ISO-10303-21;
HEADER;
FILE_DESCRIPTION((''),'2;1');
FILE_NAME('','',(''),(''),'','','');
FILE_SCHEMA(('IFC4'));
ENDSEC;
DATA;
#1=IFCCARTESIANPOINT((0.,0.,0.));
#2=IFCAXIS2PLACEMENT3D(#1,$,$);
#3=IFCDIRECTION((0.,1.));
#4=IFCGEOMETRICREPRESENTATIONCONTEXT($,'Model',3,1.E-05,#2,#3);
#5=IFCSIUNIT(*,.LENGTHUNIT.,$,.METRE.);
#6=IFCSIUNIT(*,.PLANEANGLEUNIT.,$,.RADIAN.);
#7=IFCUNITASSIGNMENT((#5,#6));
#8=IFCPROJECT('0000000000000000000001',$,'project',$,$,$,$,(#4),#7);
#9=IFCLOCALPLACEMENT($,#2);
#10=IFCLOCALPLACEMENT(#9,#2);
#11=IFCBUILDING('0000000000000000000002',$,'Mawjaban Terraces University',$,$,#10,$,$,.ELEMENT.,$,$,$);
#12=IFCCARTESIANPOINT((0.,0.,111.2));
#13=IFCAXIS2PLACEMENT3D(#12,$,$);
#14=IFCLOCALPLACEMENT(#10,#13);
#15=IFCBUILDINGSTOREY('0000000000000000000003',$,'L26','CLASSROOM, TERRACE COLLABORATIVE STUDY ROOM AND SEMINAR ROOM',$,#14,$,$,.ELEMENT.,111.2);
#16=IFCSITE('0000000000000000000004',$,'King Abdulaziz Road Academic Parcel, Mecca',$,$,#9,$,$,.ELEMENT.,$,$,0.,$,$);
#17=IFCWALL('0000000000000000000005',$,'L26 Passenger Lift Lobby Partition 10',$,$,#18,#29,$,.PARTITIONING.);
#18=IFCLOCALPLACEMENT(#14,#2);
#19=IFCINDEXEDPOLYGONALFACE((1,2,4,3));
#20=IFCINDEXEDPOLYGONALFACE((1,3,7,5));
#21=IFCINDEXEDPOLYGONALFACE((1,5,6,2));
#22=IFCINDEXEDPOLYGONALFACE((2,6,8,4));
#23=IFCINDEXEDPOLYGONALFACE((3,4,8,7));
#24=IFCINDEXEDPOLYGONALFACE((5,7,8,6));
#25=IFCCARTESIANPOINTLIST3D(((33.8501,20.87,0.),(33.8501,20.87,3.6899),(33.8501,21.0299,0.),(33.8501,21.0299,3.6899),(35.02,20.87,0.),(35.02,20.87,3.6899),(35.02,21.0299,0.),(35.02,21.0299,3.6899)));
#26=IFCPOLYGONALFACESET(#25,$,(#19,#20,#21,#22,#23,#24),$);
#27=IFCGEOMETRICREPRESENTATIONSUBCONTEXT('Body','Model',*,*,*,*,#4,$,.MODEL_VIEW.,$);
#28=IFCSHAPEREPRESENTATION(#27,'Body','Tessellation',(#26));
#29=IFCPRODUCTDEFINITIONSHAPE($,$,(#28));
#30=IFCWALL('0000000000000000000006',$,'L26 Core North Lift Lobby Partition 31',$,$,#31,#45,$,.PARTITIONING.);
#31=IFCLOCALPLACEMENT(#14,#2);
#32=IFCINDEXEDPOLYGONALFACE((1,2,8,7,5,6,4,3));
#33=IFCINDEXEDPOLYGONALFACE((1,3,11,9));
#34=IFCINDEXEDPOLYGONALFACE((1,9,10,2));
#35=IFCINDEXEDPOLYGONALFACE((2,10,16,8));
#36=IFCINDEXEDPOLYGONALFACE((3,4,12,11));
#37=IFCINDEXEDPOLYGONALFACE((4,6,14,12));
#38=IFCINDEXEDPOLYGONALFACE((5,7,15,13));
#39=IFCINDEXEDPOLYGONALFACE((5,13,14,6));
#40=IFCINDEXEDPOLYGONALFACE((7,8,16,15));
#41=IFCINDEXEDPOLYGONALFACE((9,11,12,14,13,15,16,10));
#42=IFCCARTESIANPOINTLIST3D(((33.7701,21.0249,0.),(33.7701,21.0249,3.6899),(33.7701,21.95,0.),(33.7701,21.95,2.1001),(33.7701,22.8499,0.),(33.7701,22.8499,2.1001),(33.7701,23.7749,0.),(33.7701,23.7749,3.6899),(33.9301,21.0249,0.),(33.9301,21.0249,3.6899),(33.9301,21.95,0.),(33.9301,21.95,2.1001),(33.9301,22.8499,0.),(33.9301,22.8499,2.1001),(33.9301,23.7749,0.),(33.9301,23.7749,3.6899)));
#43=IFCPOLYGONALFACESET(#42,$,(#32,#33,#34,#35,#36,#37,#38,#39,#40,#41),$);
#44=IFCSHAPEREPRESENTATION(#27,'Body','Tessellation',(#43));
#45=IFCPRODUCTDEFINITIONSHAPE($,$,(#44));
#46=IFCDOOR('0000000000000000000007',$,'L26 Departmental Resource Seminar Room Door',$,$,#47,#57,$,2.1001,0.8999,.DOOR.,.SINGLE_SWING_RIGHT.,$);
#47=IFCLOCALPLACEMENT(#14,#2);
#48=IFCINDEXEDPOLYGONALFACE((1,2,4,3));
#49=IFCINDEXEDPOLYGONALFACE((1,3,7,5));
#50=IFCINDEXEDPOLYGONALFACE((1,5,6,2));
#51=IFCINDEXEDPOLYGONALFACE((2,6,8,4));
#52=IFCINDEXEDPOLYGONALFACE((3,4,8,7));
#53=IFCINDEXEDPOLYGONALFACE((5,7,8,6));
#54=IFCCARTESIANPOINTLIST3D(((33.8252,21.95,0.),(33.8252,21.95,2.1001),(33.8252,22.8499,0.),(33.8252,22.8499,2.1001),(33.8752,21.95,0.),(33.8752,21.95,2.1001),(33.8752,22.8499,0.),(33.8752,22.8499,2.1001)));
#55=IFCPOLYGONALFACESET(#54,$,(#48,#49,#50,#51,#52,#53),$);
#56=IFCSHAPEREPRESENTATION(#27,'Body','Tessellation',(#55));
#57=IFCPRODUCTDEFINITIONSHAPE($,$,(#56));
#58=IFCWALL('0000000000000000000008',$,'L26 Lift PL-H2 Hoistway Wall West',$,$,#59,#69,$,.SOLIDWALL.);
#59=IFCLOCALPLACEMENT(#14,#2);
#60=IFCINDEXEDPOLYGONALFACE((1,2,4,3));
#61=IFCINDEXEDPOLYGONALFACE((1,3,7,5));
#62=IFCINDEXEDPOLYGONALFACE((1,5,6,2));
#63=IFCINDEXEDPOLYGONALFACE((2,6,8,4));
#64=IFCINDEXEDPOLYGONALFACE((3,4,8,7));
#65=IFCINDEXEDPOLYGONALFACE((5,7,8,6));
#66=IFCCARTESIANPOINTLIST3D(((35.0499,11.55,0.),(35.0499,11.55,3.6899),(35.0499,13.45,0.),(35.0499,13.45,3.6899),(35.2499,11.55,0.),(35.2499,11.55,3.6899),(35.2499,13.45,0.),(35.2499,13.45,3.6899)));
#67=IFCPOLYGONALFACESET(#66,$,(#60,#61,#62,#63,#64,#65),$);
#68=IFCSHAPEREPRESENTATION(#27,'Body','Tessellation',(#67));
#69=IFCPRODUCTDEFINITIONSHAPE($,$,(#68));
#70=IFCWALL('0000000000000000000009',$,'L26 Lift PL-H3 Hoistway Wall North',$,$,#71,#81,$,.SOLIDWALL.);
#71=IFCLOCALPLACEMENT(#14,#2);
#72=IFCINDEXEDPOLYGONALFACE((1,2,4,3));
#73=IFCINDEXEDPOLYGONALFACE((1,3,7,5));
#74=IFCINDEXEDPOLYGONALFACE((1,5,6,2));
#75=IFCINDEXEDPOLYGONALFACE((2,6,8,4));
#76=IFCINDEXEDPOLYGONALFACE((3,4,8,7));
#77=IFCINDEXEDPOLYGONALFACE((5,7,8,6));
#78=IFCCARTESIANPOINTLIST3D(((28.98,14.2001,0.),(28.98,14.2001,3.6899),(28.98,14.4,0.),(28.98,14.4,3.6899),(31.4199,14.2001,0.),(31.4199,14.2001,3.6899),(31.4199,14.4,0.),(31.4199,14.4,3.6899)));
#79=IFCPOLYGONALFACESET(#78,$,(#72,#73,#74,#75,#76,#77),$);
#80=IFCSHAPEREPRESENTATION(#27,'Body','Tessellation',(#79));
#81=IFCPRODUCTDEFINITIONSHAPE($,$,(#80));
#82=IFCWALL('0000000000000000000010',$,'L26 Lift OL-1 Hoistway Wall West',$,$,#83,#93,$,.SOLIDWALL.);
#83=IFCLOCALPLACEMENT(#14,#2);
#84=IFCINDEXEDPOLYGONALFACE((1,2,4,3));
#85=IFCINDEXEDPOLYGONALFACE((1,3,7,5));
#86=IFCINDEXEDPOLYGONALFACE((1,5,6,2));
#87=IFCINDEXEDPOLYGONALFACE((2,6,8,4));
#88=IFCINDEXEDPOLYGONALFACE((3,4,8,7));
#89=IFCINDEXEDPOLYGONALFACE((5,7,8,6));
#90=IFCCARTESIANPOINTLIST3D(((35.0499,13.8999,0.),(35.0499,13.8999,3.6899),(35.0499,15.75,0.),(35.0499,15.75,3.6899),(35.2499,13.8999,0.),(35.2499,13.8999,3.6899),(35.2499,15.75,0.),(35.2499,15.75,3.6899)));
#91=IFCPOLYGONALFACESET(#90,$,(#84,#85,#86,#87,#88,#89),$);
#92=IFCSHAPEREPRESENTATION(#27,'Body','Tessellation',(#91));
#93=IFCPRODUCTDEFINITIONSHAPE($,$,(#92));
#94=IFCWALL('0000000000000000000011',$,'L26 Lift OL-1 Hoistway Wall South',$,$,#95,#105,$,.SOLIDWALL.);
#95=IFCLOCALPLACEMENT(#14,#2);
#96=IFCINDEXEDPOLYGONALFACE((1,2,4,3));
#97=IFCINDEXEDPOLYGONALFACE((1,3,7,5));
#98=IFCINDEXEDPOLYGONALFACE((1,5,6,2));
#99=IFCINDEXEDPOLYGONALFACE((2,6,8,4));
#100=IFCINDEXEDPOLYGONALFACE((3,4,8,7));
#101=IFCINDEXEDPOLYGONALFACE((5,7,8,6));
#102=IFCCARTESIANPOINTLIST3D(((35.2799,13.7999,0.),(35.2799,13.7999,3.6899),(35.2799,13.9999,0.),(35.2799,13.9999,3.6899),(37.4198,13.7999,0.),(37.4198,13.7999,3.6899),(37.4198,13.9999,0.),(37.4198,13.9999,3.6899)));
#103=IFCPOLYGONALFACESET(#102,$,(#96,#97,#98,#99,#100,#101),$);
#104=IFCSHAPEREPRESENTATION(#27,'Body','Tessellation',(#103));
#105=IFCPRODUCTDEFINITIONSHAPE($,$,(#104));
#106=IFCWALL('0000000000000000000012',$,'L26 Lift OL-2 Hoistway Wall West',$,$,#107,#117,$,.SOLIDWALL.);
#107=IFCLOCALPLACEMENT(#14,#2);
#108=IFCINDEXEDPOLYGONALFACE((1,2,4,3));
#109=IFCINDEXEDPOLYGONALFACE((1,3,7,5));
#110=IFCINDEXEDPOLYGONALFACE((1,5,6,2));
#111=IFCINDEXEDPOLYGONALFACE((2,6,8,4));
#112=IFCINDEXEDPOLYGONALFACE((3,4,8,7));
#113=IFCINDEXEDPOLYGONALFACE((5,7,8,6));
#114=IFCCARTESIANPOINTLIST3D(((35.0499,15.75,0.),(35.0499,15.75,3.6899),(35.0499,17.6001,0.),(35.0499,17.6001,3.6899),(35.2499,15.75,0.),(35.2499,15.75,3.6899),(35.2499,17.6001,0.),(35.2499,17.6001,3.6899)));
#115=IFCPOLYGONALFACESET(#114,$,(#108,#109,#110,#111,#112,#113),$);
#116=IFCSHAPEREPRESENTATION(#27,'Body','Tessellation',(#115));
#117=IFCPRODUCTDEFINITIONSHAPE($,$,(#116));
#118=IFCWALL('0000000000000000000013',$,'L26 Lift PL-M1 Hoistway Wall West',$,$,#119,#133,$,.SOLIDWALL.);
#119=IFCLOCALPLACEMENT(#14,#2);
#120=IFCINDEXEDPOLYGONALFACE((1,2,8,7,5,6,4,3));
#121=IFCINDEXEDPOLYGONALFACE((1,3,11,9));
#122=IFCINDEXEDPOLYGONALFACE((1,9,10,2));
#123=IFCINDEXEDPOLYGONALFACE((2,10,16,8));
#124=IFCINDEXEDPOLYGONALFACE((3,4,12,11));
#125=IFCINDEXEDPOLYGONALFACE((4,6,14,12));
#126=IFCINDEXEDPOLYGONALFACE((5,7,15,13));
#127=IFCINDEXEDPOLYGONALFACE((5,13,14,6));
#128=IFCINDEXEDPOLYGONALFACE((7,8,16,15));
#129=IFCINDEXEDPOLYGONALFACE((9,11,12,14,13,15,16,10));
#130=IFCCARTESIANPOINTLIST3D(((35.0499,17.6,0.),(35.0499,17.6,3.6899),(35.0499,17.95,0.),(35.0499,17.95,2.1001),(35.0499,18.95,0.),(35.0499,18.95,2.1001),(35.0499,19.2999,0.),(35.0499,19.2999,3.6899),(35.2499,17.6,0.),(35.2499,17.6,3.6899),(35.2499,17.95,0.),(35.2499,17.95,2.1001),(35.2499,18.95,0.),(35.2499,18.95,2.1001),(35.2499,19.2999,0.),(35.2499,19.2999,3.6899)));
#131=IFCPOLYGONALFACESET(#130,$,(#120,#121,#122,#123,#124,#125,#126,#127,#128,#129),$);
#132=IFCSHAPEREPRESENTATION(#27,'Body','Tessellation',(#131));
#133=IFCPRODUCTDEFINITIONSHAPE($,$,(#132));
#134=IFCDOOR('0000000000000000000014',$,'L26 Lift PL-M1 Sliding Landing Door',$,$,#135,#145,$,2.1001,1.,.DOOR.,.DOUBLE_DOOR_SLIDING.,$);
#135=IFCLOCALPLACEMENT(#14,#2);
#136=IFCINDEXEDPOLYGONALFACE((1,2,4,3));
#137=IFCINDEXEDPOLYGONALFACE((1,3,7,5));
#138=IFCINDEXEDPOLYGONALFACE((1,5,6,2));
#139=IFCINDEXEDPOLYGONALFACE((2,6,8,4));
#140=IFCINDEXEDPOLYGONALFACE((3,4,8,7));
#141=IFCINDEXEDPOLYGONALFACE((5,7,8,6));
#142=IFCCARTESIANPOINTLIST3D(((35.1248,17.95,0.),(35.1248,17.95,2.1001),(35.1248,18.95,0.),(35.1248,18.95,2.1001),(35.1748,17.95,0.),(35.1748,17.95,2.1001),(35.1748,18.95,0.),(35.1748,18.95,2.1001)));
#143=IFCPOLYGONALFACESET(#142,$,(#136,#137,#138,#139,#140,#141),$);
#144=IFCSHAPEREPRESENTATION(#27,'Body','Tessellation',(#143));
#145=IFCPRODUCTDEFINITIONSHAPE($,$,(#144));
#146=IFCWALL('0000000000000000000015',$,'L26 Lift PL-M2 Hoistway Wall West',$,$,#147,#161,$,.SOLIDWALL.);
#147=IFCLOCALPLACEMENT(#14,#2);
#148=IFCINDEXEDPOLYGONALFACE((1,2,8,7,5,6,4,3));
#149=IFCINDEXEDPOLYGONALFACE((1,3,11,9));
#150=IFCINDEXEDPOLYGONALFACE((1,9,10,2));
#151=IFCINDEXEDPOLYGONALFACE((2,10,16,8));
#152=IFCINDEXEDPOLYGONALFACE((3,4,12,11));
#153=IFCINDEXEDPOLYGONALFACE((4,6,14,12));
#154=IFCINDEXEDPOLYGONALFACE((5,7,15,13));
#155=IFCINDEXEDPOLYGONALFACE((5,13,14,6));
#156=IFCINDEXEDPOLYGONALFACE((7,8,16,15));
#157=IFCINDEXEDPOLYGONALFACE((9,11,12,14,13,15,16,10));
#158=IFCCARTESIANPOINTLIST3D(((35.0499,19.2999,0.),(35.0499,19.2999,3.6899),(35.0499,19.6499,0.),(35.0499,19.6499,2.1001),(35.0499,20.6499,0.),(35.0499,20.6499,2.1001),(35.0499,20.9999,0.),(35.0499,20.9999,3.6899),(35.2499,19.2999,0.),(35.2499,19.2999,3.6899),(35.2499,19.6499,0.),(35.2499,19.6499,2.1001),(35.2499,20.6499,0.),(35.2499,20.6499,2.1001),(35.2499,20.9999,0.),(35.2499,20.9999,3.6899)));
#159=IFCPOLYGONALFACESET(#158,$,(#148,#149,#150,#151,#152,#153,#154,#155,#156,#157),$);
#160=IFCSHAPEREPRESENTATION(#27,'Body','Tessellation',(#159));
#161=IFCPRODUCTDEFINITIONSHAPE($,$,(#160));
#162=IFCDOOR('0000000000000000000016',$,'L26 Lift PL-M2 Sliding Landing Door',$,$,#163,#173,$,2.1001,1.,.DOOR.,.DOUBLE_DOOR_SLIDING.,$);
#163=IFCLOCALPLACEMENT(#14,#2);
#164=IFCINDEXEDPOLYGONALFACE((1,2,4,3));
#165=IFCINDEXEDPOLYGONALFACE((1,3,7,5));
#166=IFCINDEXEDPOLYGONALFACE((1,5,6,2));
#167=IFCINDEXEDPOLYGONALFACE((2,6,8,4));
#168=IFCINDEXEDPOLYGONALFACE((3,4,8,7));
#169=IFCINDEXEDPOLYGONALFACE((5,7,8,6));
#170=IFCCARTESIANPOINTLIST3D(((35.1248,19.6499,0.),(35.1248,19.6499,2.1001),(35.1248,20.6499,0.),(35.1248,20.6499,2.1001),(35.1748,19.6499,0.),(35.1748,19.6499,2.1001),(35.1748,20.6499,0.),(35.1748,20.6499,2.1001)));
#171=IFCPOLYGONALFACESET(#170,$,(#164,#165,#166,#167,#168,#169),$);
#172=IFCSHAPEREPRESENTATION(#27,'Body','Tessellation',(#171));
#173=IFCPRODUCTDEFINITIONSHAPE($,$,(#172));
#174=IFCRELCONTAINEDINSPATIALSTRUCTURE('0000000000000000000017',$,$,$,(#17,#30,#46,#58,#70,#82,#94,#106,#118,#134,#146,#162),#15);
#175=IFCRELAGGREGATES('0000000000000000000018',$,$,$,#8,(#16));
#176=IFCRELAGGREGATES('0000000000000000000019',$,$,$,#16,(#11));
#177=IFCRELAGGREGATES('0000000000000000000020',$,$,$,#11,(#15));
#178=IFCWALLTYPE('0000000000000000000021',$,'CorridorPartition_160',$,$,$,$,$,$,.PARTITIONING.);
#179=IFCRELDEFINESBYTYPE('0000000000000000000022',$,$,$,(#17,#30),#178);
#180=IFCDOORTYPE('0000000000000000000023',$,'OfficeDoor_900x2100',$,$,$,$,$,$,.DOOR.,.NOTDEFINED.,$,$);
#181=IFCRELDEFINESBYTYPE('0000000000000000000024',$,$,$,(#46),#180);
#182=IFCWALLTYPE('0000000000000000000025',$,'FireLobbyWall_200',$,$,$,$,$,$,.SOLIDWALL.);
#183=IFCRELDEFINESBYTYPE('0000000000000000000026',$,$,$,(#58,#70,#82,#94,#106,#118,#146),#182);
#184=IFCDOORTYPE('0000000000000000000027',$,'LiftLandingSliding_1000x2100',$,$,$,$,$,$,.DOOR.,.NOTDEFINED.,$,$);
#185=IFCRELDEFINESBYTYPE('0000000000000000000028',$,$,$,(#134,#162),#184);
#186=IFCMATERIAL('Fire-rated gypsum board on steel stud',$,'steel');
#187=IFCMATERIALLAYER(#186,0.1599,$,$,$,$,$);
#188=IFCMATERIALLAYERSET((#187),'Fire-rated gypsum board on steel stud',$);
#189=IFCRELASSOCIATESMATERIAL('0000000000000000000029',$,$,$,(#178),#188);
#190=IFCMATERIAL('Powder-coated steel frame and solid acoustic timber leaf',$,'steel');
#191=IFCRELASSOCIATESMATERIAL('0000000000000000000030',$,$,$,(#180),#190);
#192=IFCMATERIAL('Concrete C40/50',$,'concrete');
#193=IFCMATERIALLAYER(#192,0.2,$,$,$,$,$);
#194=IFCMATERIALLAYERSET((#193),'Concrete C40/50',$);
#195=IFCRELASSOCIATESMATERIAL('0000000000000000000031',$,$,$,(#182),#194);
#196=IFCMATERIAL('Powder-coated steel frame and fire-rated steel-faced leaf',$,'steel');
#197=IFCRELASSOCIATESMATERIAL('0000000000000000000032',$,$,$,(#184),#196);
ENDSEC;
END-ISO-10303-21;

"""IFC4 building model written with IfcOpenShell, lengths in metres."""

from ifc_helpers import new_model, si_unit, direction, frame, frame_2d, origin, place, context, subcontext, project, spatial, rectangle, extrude, material, layer, layer_set, type_object, element, fill, save


model = new_model("IFC4")

# Units and contexts
model_context = context("Model", 3, precision=1e-05, world=origin(), true_north=direction((0.0, 1.0)))
body_context = subcontext(model_context, "Body", "Model", "MODEL_VIEW")
ifc_project = project(units=[si_unit("LENGTHUNIT", "METRE"), si_unit("PLANEANGLEUNIT", "RADIAN")], contexts=[model_context])

# Site, building, storey
site_placement = place(None, origin())
site = spatial("IfcSite", under=ifc_project, at=site_placement, Name="King Abdulaziz Road Academic Parcel, Mecca", CompositionType="ELEMENT", RefElevation=0.0)
building_placement = place(site_placement, origin())
building = spatial("IfcBuilding", under=site, at=building_placement, Name="Mawjaban Terraces University", CompositionType="ELEMENT")
storey_placement = place(building_placement, frame((0.0, 0.0, 111.2)))
storey = spatial("IfcBuildingStorey", under=building, at=storey_placement, Name="L26", Description="CLASSROOM, TERRACE COLLABORATIVE STUDY ROOM AND SEMINAR ROOM", CompositionType="ELEMENT", Elevation=111.2)

# Wall
ifc_material_1 = material(Name="Fire-rated gypsum board on steel stud", Category="steel")
ifc_layer_1 = layer(ifc_material_1, 0.1599)
ifc_layer_set_1 = layer_set([ifc_layer_1], Name="Fire-rated gypsum board on steel stud")
wall_type_1 = type_object("IfcWallType", Name="CorridorPartition_160", PredefinedType="PARTITIONING", material=ifc_layer_set_1)
wall_1_placement = place(storey_placement, frame((35.02, 20.95, 0.0), z_axis=(0.0, 0.0, 1.0), x_axis=(-1.0, 0.0, 0.0)))
element("IfcWall", 1, at=wall_1_placement, inside=storey, type_object=wall_type_1, Name="L26 Passenger Lift Lobby Partition 10", PredefinedType="PARTITIONING", context=body_context, shape_type="SweptSolid", body=[
    extrude(rectangle(XDim=1.1699, YDim=0.1599, at=frame_2d((0.585, 0.0))), origin(), (0.0, 0.0, 1.0), 3.6899),
])

# Wall, opening, door
wall_2_placement = place(storey_placement, frame((33.8501, 21.0249, 0.0), z_axis=(0.0, 0.0, 1.0), x_axis=(0.0, 1.0, 0.0)))
wall_2 = element("IfcWall", 2, at=wall_2_placement, inside=storey, type_object=wall_type_1, Name="L26 Core North Lift Lobby Partition 31", PredefinedType="PARTITIONING", context=body_context, shape_type="SweptSolid", body=[
    extrude(rectangle(XDim=2.75, YDim=0.1599, at=frame_2d((1.375, 0.0))), origin(), (0.0, 0.0, 1.0), 3.6899),
])
opening_1_placement = place(wall_2_placement, frame((0.925, 0.0, 0.0)))
opening_1 = element("IfcOpeningElement", 3, at=opening_1_placement, cuts=wall_2, PredefinedType="OPENING", context=body_context, shape_type="SweptSolid", body=[
    extrude(rectangle(XDim=0.8999, YDim=2.1001, at=frame_2d((0.45, 1.05))), frame((0.0, 0.0898, 0.0), z_axis=(0.0, -1.0, 0.0), x_axis=(1.0, 0.0, 0.0)), (0.0, 0.0, 1.0), 0.1799),
])
ifc_material_2 = material(Name="Powder-coated steel frame and solid acoustic timber leaf", Category="steel")
door_type_1 = type_object("IfcDoorType", Name="OfficeDoor_900x2100", OperationType="NOTDEFINED", PredefinedType="DOOR", material=ifc_material_2)
door_1_placement = place(opening_1_placement, origin())
door_1 = element("IfcDoor", 4, at=door_1_placement, inside=storey, type_object=door_type_1, Name="L26 Departmental Resource Seminar Room Door", OperationType="SINGLE_SWING_RIGHT", OverallHeight=2.1001, OverallWidth=0.8999, PredefinedType="DOOR", context=body_context, shape_type="SweptSolid", body=[
    extrude(rectangle(XDim=0.8999, YDim=2.1001, at=frame_2d((0.45, 1.05))), frame((0.0, 0.0249, 0.0), z_axis=(0.0, -1.0, 0.0), x_axis=(1.0, 0.0, 0.0)), (0.0, 0.0, 1.0), 0.05),
])
fill(opening_1, door_1)

# Walls
ifc_material_3 = material(Name="Concrete C40/50", Category="concrete")
ifc_layer_2 = layer(ifc_material_3, 0.2)
ifc_layer_set_2 = layer_set([ifc_layer_2], Name="Concrete C40/50")
wall_type_2 = type_object("IfcWallType", Name="FireLobbyWall_200", PredefinedType="SOLIDWALL", material=ifc_layer_set_2)
wall_3_placement = place(storey_placement, frame((35.1499, 13.45, 0.0), z_axis=(0.0, 0.0, 1.0), x_axis=(0.0, -1.0, 0.0)))
element("IfcWall", 5, at=wall_3_placement, inside=storey, type_object=wall_type_2, Name="L26 Lift PL-H2 Hoistway Wall West", PredefinedType="SOLIDWALL", context=body_context, shape_type="SweptSolid", body=[
    extrude(rectangle(XDim=1.8999, YDim=0.2, at=frame_2d((0.95, 0.0))), origin(), (0.0, 0.0, 1.0), 3.6899),
])
wall_4_placement = place(storey_placement, frame((31.4199, 14.3, 0.0), z_axis=(0.0, 0.0, 1.0), x_axis=(-1.0, 0.0, 0.0)))
element("IfcWall", 6, at=wall_4_placement, inside=storey, type_object=wall_type_2, Name="L26 Lift PL-H3 Hoistway Wall North", PredefinedType="SOLIDWALL", context=body_context, shape_type="SweptSolid", body=[
    extrude(rectangle(XDim=2.4399, YDim=0.2, at=frame_2d((1.22, 0.0))), origin(), (0.0, 0.0, 1.0), 3.6899),
])
wall_5_placement = place(storey_placement, frame((35.1499, 15.75, 0.0), z_axis=(0.0, 0.0, 1.0), x_axis=(0.0, -1.0, 0.0)))
element("IfcWall", 7, at=wall_5_placement, inside=storey, type_object=wall_type_2, Name="L26 Lift OL-1 Hoistway Wall West", PredefinedType="SOLIDWALL", context=body_context, shape_type="SweptSolid", body=[
    extrude(rectangle(XDim=1.8501, YDim=0.2, at=frame_2d((0.925, 0.0))), origin(), (0.0, 0.0, 1.0), 3.6899),
])
wall_6_placement = place(storey_placement, frame((35.28, 13.8999, 0.0), z_axis=(0.0, 0.0, 1.0), x_axis=(1.0, 0.0, 0.0)))
element("IfcWall", 8, at=wall_6_placement, inside=storey, type_object=wall_type_2, Name="L26 Lift OL-1 Hoistway Wall South", PredefinedType="SOLIDWALL", context=body_context, shape_type="SweptSolid", body=[
    extrude(rectangle(XDim=2.1399, YDim=0.2, at=frame_2d((1.0698, 0.0))), origin(), (0.0, 0.0, 1.0), 3.6899),
])
wall_7_placement = place(storey_placement, frame((35.1499, 17.6001, 0.0), z_axis=(0.0, 0.0, 1.0), x_axis=(0.0, -1.0, 0.0)))
element("IfcWall", 9, at=wall_7_placement, inside=storey, type_object=wall_type_2, Name="L26 Lift OL-2 Hoistway Wall West", PredefinedType="SOLIDWALL", context=body_context, shape_type="SweptSolid", body=[
    extrude(rectangle(XDim=1.8501, YDim=0.2, at=frame_2d((0.925, 0.0))), origin(), (0.0, 0.0, 1.0), 3.6899),
])

# Walls, openings, doors
wall_8_placement = place(storey_placement, frame((35.1499, 19.3, 0.0), z_axis=(0.0, 0.0, 1.0), x_axis=(0.0, -1.0, 0.0)))
wall_8 = element("IfcWall", 10, at=wall_8_placement, inside=storey, type_object=wall_type_2, Name="L26 Lift PL-M1 Hoistway Wall West", PredefinedType="SOLIDWALL", context=body_context, shape_type="SweptSolid", body=[
    extrude(rectangle(XDim=1.7, YDim=0.2, at=frame_2d((0.8501, 0.0))), origin(), (0.0, 0.0, 1.0), 3.6899),
])
opening_2_placement = place(wall_8_placement, frame((0.3501, 0.0, 0.0)))
opening_2 = element("IfcOpeningElement", 11, at=opening_2_placement, cuts=wall_8, PredefinedType="OPENING", context=body_context, shape_type="SweptSolid", body=[
    extrude(rectangle(XDim=1.0, YDim=2.1001, at=frame_2d((0.5, 1.05))), frame((0.0, 0.1099, 0.0), z_axis=(0.0, -1.0, 0.0), x_axis=(1.0, 0.0, 0.0)), (0.0, 0.0, 1.0), 0.22),
])
ifc_material_4 = material(Name="Powder-coated steel frame and fire-rated steel-faced leaf", Category="steel")
door_type_2 = type_object("IfcDoorType", Name="LiftLandingSliding_1000x2100", OperationType="NOTDEFINED", PredefinedType="DOOR", material=ifc_material_4)
door_2_placement = place(opening_2_placement, origin())
door_2 = element("IfcDoor", 12, at=door_2_placement, inside=storey, type_object=door_type_2, Name="L26 Lift PL-M1 Sliding Landing Door", OperationType="DOUBLE_DOOR_SLIDING", OverallHeight=2.1001, OverallWidth=1.0, PredefinedType="DOOR", context=body_context, shape_type="SweptSolid", body=[
    extrude(rectangle(XDim=1.0, YDim=2.1001, at=frame_2d((0.5, 1.05))), frame((0.0, 0.0249, 0.0), z_axis=(0.0, -1.0, 0.0), x_axis=(1.0, 0.0, 0.0)), (0.0, 0.0, 1.0), 0.05),
])
fill(opening_2, door_2)
wall_9_placement = place(storey_placement, frame((35.1499, 21.0, 0.0), z_axis=(0.0, 0.0, 1.0), x_axis=(0.0, -1.0, 0.0)))
wall_9 = element("IfcWall", 13, at=wall_9_placement, inside=storey, type_object=wall_type_2, Name="L26 Lift PL-M2 Hoistway Wall West", PredefinedType="SOLIDWALL", context=body_context, shape_type="SweptSolid", body=[
    extrude(rectangle(XDim=1.7, YDim=0.2, at=frame_2d((0.8501, 0.0))), origin(), (0.0, 0.0, 1.0), 3.6899),
])
opening_3_placement = place(wall_9_placement, frame((0.3501, 0.0, 0.0)))
opening_3 = element("IfcOpeningElement", 14, at=opening_3_placement, cuts=wall_9, PredefinedType="OPENING", context=body_context, shape_type="SweptSolid", body=[
    extrude(rectangle(XDim=1.0, YDim=2.1001, at=frame_2d((0.5, 1.05))), frame((0.0, 0.1099, 0.0), z_axis=(0.0, -1.0, 0.0), x_axis=(1.0, 0.0, 0.0)), (0.0, 0.0, 1.0), 0.22),
])
door_3_placement = place(opening_3_placement, origin())
door_3 = element("IfcDoor", 15, at=door_3_placement, inside=storey, type_object=door_type_2, Name="L26 Lift PL-M2 Sliding Landing Door", OperationType="DOUBLE_DOOR_SLIDING", OverallHeight=2.1001, OverallWidth=1.0, PredefinedType="DOOR", context=body_context, shape_type="SweptSolid", body=[
    extrude(rectangle(XDim=1.0, YDim=2.1001, at=frame_2d((0.5, 1.05))), frame((0.0, 0.0249, 0.0), z_axis=(0.0, -1.0, 0.0), x_axis=(1.0, 0.0, 0.0)), (0.0, 0.0, 1.0), 0.05),
])
fill(opening_3, door_3)

save(model, "model.ifc")
